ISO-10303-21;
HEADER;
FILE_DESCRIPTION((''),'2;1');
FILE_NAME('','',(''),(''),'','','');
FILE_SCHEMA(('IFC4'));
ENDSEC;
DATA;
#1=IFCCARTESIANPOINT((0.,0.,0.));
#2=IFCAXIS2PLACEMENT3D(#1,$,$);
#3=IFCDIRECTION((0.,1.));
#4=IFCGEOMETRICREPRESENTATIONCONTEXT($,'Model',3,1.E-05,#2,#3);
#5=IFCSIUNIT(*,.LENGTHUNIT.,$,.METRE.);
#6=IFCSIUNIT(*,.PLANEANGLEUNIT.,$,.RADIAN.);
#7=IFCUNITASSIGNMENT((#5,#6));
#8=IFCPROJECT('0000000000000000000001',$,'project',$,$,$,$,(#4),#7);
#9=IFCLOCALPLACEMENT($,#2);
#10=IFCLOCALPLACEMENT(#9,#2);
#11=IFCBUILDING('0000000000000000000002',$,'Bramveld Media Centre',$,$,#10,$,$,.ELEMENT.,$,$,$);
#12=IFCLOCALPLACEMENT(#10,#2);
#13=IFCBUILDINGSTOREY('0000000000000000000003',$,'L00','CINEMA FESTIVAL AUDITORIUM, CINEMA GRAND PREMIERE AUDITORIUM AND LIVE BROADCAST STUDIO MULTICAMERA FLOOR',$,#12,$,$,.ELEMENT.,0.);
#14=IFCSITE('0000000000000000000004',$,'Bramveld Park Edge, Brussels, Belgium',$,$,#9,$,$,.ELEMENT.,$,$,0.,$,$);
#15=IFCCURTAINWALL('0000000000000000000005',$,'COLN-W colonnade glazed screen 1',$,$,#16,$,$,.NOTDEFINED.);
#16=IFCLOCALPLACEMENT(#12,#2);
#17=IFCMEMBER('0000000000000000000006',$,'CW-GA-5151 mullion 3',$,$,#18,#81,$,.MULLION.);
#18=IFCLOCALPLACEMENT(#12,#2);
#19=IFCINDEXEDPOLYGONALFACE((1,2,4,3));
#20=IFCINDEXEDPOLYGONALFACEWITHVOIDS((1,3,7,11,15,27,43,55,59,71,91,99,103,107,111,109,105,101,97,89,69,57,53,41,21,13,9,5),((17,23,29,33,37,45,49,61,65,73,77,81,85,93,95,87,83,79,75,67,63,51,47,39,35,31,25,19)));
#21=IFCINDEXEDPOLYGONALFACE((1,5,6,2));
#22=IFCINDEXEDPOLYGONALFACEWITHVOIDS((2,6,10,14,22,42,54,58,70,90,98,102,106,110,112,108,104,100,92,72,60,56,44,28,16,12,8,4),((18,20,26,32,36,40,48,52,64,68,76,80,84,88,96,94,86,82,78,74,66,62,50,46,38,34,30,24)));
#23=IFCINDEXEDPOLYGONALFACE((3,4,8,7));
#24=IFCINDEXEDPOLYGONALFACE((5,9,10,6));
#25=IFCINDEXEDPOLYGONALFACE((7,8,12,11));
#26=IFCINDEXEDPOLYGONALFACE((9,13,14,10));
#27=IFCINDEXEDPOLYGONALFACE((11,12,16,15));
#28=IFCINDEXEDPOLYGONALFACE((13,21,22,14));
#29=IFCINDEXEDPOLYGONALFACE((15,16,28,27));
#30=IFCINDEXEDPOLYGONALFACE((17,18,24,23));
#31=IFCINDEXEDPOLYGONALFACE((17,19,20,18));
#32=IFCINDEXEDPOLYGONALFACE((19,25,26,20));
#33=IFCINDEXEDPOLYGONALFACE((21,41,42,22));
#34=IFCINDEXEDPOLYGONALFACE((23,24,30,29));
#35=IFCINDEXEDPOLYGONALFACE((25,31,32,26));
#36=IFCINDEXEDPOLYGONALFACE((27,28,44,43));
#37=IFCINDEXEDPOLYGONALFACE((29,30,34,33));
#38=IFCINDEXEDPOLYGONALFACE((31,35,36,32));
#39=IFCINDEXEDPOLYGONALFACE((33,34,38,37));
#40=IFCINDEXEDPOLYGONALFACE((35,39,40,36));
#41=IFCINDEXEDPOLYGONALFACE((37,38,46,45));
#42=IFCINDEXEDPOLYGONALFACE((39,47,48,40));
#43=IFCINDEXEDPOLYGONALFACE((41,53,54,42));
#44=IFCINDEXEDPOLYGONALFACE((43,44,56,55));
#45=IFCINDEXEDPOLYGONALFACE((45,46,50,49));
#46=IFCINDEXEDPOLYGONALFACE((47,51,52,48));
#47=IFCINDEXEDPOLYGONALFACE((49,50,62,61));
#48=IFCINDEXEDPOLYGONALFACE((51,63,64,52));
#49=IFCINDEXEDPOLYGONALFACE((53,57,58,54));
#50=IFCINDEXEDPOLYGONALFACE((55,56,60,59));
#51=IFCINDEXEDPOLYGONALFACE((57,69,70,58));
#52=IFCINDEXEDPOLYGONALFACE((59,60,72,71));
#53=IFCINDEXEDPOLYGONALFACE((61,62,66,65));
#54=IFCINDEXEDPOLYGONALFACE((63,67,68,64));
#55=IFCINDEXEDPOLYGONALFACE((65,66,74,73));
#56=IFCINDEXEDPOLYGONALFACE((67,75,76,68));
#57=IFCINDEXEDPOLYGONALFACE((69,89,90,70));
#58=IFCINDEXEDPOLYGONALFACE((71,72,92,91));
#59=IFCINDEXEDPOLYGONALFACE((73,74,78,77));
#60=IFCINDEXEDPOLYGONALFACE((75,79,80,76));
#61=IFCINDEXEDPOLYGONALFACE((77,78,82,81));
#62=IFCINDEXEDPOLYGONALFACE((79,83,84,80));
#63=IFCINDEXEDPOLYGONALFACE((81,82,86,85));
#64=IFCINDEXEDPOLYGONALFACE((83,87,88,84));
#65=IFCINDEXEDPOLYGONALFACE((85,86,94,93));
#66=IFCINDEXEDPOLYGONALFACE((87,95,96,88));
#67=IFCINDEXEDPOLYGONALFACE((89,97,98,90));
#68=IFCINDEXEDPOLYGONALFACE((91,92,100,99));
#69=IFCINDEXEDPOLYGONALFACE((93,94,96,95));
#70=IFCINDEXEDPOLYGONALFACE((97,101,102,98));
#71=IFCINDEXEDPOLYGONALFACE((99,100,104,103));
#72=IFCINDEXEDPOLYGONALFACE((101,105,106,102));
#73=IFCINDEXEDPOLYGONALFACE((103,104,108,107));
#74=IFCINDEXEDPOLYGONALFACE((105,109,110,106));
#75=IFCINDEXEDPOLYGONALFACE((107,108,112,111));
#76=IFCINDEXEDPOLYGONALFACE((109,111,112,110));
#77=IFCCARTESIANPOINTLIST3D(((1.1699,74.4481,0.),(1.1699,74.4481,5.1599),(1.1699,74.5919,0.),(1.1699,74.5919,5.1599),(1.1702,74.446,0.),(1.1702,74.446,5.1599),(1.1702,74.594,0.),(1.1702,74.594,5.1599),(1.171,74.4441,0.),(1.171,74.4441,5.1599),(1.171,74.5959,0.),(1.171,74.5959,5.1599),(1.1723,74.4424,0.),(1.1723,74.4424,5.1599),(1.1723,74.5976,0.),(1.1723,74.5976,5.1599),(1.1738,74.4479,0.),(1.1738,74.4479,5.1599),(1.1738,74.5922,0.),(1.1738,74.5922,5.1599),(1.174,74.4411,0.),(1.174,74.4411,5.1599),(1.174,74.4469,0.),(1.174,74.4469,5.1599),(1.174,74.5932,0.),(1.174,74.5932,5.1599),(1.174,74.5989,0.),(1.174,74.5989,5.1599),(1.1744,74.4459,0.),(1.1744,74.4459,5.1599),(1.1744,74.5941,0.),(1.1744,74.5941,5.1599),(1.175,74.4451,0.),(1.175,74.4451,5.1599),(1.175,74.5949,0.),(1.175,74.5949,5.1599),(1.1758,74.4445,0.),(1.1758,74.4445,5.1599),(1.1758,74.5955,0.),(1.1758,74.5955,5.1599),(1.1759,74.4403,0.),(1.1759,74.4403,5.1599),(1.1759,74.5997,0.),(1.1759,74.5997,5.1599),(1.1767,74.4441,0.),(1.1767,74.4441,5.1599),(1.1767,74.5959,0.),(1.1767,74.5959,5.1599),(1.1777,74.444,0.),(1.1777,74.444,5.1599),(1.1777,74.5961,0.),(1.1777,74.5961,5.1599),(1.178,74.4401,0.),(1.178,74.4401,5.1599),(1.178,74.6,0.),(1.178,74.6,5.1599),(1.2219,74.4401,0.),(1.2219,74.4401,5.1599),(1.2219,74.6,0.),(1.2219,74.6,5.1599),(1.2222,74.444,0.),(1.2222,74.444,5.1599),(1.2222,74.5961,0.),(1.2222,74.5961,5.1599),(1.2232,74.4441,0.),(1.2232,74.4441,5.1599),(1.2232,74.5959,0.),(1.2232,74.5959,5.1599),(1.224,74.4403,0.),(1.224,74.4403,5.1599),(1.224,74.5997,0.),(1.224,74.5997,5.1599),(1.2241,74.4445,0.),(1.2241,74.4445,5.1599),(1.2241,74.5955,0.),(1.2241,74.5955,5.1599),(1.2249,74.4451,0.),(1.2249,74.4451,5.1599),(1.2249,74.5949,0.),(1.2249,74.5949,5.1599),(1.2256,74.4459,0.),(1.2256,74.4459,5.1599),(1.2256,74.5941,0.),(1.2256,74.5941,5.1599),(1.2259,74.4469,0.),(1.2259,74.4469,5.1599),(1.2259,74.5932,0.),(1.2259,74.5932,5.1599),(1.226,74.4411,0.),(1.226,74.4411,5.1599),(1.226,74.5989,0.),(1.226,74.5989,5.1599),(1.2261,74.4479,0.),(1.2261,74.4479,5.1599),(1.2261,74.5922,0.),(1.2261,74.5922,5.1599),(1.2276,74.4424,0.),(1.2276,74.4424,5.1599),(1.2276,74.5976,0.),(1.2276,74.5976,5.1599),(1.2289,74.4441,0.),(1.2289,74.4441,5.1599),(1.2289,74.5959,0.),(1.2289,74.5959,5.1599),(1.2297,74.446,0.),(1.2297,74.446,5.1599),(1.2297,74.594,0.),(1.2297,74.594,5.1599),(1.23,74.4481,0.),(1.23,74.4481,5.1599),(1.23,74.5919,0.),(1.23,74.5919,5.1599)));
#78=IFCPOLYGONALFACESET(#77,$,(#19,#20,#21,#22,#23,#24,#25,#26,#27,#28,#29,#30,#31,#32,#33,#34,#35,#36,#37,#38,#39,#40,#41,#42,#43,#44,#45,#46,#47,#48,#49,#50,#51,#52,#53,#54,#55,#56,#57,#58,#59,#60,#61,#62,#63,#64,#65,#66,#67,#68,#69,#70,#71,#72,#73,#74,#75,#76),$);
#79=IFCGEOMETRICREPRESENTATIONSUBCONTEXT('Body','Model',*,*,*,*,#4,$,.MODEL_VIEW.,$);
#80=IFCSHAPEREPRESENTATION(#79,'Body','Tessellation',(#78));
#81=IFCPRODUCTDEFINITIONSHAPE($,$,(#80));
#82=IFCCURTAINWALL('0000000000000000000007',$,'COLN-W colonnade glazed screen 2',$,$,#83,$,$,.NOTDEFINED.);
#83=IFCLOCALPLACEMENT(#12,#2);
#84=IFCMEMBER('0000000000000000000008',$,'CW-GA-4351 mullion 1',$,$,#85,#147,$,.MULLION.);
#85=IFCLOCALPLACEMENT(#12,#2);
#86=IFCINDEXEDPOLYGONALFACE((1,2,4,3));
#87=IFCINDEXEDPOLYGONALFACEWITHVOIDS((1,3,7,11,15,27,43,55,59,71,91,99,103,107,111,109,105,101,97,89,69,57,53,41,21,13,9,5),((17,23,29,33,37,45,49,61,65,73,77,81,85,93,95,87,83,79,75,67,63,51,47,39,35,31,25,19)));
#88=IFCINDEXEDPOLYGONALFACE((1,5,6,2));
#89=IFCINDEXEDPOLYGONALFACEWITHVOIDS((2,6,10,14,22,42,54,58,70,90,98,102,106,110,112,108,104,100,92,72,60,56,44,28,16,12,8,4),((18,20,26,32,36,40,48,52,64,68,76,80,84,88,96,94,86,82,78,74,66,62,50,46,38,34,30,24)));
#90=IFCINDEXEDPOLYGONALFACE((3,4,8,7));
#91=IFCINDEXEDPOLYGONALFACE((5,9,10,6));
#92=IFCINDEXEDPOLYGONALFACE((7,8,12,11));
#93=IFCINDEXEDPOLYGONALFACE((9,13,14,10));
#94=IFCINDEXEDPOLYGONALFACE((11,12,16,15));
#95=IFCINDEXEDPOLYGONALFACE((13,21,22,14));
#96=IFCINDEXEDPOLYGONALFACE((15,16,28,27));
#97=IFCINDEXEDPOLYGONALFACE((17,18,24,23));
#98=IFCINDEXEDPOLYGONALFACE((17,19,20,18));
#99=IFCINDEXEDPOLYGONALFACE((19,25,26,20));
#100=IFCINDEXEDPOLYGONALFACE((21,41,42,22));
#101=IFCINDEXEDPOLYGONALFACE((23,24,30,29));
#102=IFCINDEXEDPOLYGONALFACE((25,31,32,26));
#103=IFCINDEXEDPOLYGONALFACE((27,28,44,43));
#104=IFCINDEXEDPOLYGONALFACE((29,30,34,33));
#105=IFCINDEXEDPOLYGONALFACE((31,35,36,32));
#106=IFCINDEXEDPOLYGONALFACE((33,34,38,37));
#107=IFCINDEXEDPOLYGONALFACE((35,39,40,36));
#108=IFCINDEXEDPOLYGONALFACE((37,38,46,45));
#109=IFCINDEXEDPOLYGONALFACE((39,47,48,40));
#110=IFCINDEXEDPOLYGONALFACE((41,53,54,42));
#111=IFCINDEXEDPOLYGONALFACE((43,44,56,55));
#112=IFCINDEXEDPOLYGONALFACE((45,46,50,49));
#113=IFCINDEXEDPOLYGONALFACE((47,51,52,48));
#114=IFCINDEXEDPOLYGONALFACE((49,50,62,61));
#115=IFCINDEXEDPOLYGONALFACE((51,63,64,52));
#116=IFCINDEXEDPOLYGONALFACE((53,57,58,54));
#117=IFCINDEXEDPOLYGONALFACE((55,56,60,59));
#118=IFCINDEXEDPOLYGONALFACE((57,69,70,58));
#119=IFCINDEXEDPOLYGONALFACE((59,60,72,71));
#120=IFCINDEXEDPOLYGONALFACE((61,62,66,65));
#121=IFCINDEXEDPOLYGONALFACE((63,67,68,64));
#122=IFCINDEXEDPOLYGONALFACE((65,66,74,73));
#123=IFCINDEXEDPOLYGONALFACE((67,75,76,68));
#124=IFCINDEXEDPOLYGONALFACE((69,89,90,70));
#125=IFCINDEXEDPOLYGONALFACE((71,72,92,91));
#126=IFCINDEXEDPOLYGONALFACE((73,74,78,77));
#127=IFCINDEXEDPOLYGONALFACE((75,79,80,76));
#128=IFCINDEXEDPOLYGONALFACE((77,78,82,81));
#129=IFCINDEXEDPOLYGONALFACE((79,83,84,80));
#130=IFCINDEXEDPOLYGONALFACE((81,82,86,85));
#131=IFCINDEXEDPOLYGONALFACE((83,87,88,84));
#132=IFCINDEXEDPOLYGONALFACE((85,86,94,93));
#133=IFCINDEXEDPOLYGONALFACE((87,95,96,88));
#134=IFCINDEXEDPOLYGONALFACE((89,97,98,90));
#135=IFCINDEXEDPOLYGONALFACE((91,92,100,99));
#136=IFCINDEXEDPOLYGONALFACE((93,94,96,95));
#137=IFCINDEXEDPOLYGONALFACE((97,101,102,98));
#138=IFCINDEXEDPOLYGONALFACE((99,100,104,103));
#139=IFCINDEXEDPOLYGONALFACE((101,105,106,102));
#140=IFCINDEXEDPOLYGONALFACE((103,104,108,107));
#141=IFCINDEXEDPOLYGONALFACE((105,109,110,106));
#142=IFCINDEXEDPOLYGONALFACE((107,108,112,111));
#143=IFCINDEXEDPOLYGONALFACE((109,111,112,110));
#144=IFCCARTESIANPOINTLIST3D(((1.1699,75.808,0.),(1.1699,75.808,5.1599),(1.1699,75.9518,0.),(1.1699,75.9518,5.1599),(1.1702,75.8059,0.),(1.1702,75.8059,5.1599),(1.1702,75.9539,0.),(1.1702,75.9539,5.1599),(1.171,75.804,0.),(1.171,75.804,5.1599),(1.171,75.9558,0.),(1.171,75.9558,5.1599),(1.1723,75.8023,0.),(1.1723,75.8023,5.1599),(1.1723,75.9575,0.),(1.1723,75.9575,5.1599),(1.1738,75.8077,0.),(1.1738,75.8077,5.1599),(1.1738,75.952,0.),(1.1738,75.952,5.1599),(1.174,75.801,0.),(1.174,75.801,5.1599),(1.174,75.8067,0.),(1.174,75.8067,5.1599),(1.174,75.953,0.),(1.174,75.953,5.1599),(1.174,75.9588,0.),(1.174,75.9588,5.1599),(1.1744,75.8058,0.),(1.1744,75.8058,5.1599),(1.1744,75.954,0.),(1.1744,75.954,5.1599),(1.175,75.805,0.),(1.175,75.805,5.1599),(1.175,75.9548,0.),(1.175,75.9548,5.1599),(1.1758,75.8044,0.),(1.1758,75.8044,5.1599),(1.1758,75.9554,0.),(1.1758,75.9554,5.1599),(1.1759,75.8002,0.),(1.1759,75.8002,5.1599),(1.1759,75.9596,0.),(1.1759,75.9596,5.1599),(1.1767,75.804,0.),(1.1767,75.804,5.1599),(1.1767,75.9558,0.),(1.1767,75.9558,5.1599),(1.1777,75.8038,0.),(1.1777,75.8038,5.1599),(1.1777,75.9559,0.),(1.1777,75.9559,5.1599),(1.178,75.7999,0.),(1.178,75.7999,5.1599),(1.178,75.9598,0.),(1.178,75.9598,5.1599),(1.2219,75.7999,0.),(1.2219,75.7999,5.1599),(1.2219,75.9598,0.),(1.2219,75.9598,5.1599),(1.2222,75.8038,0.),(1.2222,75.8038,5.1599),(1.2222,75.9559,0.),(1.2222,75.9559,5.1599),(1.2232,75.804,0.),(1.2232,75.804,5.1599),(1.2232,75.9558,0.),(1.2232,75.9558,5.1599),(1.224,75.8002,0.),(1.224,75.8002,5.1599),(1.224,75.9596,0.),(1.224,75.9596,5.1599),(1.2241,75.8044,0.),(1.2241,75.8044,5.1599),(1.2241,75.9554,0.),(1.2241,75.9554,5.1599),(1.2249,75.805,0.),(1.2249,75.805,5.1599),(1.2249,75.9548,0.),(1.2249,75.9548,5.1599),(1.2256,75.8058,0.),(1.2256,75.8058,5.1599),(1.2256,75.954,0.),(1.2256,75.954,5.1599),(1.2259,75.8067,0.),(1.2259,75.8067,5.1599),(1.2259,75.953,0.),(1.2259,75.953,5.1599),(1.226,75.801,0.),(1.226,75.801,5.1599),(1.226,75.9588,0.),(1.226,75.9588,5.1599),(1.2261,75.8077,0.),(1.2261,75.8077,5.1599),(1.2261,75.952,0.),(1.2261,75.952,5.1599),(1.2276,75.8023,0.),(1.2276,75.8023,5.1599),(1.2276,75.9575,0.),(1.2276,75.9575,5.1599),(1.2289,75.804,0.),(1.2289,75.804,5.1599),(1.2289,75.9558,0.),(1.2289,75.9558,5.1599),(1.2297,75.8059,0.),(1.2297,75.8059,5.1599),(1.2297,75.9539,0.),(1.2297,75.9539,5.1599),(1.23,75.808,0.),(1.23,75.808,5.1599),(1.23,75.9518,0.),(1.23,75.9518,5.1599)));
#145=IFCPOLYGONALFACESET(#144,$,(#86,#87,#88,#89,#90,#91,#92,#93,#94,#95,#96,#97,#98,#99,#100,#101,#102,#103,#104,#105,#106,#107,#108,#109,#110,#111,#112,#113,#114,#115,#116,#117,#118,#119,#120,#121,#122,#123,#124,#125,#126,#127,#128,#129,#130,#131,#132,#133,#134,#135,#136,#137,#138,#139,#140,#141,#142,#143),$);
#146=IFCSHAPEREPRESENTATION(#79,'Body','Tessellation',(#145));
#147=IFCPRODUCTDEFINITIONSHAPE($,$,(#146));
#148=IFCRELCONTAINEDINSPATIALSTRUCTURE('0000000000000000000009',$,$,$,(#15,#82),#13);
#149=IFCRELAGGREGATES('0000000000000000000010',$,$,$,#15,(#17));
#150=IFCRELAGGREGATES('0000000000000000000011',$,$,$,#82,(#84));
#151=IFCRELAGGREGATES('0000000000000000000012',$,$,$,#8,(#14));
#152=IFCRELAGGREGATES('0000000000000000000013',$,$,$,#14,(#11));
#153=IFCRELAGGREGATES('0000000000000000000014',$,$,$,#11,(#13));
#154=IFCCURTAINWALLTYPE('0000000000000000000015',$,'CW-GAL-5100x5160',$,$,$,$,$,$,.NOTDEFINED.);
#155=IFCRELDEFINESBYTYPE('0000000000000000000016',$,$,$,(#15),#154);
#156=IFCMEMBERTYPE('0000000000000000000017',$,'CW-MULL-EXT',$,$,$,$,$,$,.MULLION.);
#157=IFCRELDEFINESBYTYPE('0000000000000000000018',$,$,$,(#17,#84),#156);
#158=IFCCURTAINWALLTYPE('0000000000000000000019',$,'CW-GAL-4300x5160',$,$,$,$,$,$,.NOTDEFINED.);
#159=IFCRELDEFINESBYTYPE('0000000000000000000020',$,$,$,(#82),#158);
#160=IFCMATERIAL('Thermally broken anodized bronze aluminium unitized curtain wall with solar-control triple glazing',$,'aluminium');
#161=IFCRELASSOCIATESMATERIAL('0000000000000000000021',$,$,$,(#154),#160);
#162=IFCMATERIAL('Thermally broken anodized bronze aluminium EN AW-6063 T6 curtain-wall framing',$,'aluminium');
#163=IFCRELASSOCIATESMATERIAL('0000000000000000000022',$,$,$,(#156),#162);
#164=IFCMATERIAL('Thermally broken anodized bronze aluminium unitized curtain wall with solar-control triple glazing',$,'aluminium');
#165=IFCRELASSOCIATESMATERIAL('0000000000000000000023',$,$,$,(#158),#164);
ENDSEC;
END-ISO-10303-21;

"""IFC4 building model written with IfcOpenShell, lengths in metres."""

from ifc_helpers import new_model, si_unit, direction, frame, origin, origin_2d, place, context, subcontext, project, spatial, hollow_rectangle, extrude, material, material_profile, profile_set, type_object, element, aggregate, save


model = new_model("IFC4")

# Units and contexts
model_context = context("Model", 3, precision=1e-05, world=origin(), true_north=direction((0.0, 1.0)))
body_context = subcontext(model_context, "Body", "Model", "MODEL_VIEW")
ifc_project = project(units=[si_unit("LENGTHUNIT", "METRE"), si_unit("PLANEANGLEUNIT", "RADIAN")], contexts=[model_context])

# Site, building, storey
site_placement = place(None, origin())
site = spatial("IfcSite", under=ifc_project, at=site_placement, Name="Bramveld Park Edge, Brussels, Belgium", CompositionType="ELEMENT", RefElevation=0.0)
building_placement = place(site_placement, origin())
building = spatial("IfcBuilding", under=site, at=building_placement, Name="Bramveld Media Centre", CompositionType="ELEMENT")
storey_placement = place(building_placement, origin())
storey = spatial("IfcBuildingStorey", under=building, at=storey_placement, Name="L00", Description="CINEMA FESTIVAL AUDITORIUM, CINEMA GRAND PREMIERE AUDITORIUM AND LIVE BROADCAST STUDIO MULTICAMERA FLOOR", CompositionType="ELEMENT", Elevation=0.0)

# Curtain wall, member
ifc_material_1 = material(Name="Thermally broken anodized bronze aluminium unitized curtain wall with solar-control triple glazing", Category="aluminium")
curtain_wall_type_1 = type_object("IfcCurtainWallType", Name="CW-GAL-5100x5160", PredefinedType="NOTDEFINED", material=ifc_material_1)
curtain_wall_1_placement = place(storey_placement, origin())
curtain_wall_1 = element("IfcCurtainWall", 1, at=curtain_wall_1_placement, inside=storey, type_object=curtain_wall_type_1, Name="COLN-W colonnade glazed screen 1", PredefinedType="NOTDEFINED")
ifc_material_2 = material(Name="Thermally broken anodized bronze aluminium EN AW-6063 T6 curtain-wall framing", Category="aluminium")
ifc_material_profile_1 = material_profile(ifc_material_2, hollow_rectangle(XDim=0.0601, YDim=0.1599, WallThickness=0.0039, InnerFilletRadius=0.0039, OuterFilletRadius=0.0081, at=origin_2d()), Name="AL-MULL 60x160")
ifc_profile_set_1 = profile_set([ifc_material_profile_1], Name="Thermally broken anodized bronze aluminium EN AW-6063 T6 curtain-wall framing")
member_type_1 = type_object("IfcMemberType", Name="CW-MULL-EXT", PredefinedType="MULLION", material=ifc_profile_set_1)
member_1_placement = place(storey_placement, frame((1.2, 74.52, 0.0), z_axis=(0.0, 0.0, 1.0), x_axis=(-1.0, 0.0, 0.0)))
member_1 = element("IfcMember", 2, at=member_1_placement, type_object=member_type_1, Name="CW-GA-5151 mullion 3", PredefinedType="MULLION", context=body_context, shape_type="SweptSolid", body=[
    extrude(hollow_rectangle(XDim=0.0601, YDim=0.1599, WallThickness=0.0039, InnerFilletRadius=0.0039, OuterFilletRadius=0.0081, at=origin_2d()), origin(), (0.0, 0.0, 1.0), 5.1599),
])

# Curtain wall, member
ifc_material_3 = material(Name="Thermally broken anodized bronze aluminium unitized curtain wall with solar-control triple glazing", Category="aluminium")
curtain_wall_type_2 = type_object("IfcCurtainWallType", Name="CW-GAL-4300x5160", PredefinedType="NOTDEFINED", material=ifc_material_3)
curtain_wall_2_placement = place(storey_placement, origin())
curtain_wall_2 = element("IfcCurtainWall", 3, at=curtain_wall_2_placement, inside=storey, type_object=curtain_wall_type_2, Name="COLN-W colonnade glazed screen 2", PredefinedType="NOTDEFINED")
member_2_placement = place(storey_placement, frame((1.2, 75.8799, 0.0), z_axis=(0.0, 0.0, 1.0), x_axis=(-1.0, 0.0, 0.0)))
member_2 = element("IfcMember", 4, at=member_2_placement, type_object=member_type_1, Name="CW-GA-4351 mullion 1", PredefinedType="MULLION", context=body_context, shape_type="SweptSolid", body=[
    extrude(hollow_rectangle(XDim=0.0601, YDim=0.1599, WallThickness=0.0039, InnerFilletRadius=0.0039, OuterFilletRadius=0.0081, at=origin_2d()), origin(), (0.0, 0.0, 1.0), 5.1599),
])

aggregate(curtain_wall_1, [member_1])
aggregate(curtain_wall_2, [member_2])

save(model, "model.ifc")
